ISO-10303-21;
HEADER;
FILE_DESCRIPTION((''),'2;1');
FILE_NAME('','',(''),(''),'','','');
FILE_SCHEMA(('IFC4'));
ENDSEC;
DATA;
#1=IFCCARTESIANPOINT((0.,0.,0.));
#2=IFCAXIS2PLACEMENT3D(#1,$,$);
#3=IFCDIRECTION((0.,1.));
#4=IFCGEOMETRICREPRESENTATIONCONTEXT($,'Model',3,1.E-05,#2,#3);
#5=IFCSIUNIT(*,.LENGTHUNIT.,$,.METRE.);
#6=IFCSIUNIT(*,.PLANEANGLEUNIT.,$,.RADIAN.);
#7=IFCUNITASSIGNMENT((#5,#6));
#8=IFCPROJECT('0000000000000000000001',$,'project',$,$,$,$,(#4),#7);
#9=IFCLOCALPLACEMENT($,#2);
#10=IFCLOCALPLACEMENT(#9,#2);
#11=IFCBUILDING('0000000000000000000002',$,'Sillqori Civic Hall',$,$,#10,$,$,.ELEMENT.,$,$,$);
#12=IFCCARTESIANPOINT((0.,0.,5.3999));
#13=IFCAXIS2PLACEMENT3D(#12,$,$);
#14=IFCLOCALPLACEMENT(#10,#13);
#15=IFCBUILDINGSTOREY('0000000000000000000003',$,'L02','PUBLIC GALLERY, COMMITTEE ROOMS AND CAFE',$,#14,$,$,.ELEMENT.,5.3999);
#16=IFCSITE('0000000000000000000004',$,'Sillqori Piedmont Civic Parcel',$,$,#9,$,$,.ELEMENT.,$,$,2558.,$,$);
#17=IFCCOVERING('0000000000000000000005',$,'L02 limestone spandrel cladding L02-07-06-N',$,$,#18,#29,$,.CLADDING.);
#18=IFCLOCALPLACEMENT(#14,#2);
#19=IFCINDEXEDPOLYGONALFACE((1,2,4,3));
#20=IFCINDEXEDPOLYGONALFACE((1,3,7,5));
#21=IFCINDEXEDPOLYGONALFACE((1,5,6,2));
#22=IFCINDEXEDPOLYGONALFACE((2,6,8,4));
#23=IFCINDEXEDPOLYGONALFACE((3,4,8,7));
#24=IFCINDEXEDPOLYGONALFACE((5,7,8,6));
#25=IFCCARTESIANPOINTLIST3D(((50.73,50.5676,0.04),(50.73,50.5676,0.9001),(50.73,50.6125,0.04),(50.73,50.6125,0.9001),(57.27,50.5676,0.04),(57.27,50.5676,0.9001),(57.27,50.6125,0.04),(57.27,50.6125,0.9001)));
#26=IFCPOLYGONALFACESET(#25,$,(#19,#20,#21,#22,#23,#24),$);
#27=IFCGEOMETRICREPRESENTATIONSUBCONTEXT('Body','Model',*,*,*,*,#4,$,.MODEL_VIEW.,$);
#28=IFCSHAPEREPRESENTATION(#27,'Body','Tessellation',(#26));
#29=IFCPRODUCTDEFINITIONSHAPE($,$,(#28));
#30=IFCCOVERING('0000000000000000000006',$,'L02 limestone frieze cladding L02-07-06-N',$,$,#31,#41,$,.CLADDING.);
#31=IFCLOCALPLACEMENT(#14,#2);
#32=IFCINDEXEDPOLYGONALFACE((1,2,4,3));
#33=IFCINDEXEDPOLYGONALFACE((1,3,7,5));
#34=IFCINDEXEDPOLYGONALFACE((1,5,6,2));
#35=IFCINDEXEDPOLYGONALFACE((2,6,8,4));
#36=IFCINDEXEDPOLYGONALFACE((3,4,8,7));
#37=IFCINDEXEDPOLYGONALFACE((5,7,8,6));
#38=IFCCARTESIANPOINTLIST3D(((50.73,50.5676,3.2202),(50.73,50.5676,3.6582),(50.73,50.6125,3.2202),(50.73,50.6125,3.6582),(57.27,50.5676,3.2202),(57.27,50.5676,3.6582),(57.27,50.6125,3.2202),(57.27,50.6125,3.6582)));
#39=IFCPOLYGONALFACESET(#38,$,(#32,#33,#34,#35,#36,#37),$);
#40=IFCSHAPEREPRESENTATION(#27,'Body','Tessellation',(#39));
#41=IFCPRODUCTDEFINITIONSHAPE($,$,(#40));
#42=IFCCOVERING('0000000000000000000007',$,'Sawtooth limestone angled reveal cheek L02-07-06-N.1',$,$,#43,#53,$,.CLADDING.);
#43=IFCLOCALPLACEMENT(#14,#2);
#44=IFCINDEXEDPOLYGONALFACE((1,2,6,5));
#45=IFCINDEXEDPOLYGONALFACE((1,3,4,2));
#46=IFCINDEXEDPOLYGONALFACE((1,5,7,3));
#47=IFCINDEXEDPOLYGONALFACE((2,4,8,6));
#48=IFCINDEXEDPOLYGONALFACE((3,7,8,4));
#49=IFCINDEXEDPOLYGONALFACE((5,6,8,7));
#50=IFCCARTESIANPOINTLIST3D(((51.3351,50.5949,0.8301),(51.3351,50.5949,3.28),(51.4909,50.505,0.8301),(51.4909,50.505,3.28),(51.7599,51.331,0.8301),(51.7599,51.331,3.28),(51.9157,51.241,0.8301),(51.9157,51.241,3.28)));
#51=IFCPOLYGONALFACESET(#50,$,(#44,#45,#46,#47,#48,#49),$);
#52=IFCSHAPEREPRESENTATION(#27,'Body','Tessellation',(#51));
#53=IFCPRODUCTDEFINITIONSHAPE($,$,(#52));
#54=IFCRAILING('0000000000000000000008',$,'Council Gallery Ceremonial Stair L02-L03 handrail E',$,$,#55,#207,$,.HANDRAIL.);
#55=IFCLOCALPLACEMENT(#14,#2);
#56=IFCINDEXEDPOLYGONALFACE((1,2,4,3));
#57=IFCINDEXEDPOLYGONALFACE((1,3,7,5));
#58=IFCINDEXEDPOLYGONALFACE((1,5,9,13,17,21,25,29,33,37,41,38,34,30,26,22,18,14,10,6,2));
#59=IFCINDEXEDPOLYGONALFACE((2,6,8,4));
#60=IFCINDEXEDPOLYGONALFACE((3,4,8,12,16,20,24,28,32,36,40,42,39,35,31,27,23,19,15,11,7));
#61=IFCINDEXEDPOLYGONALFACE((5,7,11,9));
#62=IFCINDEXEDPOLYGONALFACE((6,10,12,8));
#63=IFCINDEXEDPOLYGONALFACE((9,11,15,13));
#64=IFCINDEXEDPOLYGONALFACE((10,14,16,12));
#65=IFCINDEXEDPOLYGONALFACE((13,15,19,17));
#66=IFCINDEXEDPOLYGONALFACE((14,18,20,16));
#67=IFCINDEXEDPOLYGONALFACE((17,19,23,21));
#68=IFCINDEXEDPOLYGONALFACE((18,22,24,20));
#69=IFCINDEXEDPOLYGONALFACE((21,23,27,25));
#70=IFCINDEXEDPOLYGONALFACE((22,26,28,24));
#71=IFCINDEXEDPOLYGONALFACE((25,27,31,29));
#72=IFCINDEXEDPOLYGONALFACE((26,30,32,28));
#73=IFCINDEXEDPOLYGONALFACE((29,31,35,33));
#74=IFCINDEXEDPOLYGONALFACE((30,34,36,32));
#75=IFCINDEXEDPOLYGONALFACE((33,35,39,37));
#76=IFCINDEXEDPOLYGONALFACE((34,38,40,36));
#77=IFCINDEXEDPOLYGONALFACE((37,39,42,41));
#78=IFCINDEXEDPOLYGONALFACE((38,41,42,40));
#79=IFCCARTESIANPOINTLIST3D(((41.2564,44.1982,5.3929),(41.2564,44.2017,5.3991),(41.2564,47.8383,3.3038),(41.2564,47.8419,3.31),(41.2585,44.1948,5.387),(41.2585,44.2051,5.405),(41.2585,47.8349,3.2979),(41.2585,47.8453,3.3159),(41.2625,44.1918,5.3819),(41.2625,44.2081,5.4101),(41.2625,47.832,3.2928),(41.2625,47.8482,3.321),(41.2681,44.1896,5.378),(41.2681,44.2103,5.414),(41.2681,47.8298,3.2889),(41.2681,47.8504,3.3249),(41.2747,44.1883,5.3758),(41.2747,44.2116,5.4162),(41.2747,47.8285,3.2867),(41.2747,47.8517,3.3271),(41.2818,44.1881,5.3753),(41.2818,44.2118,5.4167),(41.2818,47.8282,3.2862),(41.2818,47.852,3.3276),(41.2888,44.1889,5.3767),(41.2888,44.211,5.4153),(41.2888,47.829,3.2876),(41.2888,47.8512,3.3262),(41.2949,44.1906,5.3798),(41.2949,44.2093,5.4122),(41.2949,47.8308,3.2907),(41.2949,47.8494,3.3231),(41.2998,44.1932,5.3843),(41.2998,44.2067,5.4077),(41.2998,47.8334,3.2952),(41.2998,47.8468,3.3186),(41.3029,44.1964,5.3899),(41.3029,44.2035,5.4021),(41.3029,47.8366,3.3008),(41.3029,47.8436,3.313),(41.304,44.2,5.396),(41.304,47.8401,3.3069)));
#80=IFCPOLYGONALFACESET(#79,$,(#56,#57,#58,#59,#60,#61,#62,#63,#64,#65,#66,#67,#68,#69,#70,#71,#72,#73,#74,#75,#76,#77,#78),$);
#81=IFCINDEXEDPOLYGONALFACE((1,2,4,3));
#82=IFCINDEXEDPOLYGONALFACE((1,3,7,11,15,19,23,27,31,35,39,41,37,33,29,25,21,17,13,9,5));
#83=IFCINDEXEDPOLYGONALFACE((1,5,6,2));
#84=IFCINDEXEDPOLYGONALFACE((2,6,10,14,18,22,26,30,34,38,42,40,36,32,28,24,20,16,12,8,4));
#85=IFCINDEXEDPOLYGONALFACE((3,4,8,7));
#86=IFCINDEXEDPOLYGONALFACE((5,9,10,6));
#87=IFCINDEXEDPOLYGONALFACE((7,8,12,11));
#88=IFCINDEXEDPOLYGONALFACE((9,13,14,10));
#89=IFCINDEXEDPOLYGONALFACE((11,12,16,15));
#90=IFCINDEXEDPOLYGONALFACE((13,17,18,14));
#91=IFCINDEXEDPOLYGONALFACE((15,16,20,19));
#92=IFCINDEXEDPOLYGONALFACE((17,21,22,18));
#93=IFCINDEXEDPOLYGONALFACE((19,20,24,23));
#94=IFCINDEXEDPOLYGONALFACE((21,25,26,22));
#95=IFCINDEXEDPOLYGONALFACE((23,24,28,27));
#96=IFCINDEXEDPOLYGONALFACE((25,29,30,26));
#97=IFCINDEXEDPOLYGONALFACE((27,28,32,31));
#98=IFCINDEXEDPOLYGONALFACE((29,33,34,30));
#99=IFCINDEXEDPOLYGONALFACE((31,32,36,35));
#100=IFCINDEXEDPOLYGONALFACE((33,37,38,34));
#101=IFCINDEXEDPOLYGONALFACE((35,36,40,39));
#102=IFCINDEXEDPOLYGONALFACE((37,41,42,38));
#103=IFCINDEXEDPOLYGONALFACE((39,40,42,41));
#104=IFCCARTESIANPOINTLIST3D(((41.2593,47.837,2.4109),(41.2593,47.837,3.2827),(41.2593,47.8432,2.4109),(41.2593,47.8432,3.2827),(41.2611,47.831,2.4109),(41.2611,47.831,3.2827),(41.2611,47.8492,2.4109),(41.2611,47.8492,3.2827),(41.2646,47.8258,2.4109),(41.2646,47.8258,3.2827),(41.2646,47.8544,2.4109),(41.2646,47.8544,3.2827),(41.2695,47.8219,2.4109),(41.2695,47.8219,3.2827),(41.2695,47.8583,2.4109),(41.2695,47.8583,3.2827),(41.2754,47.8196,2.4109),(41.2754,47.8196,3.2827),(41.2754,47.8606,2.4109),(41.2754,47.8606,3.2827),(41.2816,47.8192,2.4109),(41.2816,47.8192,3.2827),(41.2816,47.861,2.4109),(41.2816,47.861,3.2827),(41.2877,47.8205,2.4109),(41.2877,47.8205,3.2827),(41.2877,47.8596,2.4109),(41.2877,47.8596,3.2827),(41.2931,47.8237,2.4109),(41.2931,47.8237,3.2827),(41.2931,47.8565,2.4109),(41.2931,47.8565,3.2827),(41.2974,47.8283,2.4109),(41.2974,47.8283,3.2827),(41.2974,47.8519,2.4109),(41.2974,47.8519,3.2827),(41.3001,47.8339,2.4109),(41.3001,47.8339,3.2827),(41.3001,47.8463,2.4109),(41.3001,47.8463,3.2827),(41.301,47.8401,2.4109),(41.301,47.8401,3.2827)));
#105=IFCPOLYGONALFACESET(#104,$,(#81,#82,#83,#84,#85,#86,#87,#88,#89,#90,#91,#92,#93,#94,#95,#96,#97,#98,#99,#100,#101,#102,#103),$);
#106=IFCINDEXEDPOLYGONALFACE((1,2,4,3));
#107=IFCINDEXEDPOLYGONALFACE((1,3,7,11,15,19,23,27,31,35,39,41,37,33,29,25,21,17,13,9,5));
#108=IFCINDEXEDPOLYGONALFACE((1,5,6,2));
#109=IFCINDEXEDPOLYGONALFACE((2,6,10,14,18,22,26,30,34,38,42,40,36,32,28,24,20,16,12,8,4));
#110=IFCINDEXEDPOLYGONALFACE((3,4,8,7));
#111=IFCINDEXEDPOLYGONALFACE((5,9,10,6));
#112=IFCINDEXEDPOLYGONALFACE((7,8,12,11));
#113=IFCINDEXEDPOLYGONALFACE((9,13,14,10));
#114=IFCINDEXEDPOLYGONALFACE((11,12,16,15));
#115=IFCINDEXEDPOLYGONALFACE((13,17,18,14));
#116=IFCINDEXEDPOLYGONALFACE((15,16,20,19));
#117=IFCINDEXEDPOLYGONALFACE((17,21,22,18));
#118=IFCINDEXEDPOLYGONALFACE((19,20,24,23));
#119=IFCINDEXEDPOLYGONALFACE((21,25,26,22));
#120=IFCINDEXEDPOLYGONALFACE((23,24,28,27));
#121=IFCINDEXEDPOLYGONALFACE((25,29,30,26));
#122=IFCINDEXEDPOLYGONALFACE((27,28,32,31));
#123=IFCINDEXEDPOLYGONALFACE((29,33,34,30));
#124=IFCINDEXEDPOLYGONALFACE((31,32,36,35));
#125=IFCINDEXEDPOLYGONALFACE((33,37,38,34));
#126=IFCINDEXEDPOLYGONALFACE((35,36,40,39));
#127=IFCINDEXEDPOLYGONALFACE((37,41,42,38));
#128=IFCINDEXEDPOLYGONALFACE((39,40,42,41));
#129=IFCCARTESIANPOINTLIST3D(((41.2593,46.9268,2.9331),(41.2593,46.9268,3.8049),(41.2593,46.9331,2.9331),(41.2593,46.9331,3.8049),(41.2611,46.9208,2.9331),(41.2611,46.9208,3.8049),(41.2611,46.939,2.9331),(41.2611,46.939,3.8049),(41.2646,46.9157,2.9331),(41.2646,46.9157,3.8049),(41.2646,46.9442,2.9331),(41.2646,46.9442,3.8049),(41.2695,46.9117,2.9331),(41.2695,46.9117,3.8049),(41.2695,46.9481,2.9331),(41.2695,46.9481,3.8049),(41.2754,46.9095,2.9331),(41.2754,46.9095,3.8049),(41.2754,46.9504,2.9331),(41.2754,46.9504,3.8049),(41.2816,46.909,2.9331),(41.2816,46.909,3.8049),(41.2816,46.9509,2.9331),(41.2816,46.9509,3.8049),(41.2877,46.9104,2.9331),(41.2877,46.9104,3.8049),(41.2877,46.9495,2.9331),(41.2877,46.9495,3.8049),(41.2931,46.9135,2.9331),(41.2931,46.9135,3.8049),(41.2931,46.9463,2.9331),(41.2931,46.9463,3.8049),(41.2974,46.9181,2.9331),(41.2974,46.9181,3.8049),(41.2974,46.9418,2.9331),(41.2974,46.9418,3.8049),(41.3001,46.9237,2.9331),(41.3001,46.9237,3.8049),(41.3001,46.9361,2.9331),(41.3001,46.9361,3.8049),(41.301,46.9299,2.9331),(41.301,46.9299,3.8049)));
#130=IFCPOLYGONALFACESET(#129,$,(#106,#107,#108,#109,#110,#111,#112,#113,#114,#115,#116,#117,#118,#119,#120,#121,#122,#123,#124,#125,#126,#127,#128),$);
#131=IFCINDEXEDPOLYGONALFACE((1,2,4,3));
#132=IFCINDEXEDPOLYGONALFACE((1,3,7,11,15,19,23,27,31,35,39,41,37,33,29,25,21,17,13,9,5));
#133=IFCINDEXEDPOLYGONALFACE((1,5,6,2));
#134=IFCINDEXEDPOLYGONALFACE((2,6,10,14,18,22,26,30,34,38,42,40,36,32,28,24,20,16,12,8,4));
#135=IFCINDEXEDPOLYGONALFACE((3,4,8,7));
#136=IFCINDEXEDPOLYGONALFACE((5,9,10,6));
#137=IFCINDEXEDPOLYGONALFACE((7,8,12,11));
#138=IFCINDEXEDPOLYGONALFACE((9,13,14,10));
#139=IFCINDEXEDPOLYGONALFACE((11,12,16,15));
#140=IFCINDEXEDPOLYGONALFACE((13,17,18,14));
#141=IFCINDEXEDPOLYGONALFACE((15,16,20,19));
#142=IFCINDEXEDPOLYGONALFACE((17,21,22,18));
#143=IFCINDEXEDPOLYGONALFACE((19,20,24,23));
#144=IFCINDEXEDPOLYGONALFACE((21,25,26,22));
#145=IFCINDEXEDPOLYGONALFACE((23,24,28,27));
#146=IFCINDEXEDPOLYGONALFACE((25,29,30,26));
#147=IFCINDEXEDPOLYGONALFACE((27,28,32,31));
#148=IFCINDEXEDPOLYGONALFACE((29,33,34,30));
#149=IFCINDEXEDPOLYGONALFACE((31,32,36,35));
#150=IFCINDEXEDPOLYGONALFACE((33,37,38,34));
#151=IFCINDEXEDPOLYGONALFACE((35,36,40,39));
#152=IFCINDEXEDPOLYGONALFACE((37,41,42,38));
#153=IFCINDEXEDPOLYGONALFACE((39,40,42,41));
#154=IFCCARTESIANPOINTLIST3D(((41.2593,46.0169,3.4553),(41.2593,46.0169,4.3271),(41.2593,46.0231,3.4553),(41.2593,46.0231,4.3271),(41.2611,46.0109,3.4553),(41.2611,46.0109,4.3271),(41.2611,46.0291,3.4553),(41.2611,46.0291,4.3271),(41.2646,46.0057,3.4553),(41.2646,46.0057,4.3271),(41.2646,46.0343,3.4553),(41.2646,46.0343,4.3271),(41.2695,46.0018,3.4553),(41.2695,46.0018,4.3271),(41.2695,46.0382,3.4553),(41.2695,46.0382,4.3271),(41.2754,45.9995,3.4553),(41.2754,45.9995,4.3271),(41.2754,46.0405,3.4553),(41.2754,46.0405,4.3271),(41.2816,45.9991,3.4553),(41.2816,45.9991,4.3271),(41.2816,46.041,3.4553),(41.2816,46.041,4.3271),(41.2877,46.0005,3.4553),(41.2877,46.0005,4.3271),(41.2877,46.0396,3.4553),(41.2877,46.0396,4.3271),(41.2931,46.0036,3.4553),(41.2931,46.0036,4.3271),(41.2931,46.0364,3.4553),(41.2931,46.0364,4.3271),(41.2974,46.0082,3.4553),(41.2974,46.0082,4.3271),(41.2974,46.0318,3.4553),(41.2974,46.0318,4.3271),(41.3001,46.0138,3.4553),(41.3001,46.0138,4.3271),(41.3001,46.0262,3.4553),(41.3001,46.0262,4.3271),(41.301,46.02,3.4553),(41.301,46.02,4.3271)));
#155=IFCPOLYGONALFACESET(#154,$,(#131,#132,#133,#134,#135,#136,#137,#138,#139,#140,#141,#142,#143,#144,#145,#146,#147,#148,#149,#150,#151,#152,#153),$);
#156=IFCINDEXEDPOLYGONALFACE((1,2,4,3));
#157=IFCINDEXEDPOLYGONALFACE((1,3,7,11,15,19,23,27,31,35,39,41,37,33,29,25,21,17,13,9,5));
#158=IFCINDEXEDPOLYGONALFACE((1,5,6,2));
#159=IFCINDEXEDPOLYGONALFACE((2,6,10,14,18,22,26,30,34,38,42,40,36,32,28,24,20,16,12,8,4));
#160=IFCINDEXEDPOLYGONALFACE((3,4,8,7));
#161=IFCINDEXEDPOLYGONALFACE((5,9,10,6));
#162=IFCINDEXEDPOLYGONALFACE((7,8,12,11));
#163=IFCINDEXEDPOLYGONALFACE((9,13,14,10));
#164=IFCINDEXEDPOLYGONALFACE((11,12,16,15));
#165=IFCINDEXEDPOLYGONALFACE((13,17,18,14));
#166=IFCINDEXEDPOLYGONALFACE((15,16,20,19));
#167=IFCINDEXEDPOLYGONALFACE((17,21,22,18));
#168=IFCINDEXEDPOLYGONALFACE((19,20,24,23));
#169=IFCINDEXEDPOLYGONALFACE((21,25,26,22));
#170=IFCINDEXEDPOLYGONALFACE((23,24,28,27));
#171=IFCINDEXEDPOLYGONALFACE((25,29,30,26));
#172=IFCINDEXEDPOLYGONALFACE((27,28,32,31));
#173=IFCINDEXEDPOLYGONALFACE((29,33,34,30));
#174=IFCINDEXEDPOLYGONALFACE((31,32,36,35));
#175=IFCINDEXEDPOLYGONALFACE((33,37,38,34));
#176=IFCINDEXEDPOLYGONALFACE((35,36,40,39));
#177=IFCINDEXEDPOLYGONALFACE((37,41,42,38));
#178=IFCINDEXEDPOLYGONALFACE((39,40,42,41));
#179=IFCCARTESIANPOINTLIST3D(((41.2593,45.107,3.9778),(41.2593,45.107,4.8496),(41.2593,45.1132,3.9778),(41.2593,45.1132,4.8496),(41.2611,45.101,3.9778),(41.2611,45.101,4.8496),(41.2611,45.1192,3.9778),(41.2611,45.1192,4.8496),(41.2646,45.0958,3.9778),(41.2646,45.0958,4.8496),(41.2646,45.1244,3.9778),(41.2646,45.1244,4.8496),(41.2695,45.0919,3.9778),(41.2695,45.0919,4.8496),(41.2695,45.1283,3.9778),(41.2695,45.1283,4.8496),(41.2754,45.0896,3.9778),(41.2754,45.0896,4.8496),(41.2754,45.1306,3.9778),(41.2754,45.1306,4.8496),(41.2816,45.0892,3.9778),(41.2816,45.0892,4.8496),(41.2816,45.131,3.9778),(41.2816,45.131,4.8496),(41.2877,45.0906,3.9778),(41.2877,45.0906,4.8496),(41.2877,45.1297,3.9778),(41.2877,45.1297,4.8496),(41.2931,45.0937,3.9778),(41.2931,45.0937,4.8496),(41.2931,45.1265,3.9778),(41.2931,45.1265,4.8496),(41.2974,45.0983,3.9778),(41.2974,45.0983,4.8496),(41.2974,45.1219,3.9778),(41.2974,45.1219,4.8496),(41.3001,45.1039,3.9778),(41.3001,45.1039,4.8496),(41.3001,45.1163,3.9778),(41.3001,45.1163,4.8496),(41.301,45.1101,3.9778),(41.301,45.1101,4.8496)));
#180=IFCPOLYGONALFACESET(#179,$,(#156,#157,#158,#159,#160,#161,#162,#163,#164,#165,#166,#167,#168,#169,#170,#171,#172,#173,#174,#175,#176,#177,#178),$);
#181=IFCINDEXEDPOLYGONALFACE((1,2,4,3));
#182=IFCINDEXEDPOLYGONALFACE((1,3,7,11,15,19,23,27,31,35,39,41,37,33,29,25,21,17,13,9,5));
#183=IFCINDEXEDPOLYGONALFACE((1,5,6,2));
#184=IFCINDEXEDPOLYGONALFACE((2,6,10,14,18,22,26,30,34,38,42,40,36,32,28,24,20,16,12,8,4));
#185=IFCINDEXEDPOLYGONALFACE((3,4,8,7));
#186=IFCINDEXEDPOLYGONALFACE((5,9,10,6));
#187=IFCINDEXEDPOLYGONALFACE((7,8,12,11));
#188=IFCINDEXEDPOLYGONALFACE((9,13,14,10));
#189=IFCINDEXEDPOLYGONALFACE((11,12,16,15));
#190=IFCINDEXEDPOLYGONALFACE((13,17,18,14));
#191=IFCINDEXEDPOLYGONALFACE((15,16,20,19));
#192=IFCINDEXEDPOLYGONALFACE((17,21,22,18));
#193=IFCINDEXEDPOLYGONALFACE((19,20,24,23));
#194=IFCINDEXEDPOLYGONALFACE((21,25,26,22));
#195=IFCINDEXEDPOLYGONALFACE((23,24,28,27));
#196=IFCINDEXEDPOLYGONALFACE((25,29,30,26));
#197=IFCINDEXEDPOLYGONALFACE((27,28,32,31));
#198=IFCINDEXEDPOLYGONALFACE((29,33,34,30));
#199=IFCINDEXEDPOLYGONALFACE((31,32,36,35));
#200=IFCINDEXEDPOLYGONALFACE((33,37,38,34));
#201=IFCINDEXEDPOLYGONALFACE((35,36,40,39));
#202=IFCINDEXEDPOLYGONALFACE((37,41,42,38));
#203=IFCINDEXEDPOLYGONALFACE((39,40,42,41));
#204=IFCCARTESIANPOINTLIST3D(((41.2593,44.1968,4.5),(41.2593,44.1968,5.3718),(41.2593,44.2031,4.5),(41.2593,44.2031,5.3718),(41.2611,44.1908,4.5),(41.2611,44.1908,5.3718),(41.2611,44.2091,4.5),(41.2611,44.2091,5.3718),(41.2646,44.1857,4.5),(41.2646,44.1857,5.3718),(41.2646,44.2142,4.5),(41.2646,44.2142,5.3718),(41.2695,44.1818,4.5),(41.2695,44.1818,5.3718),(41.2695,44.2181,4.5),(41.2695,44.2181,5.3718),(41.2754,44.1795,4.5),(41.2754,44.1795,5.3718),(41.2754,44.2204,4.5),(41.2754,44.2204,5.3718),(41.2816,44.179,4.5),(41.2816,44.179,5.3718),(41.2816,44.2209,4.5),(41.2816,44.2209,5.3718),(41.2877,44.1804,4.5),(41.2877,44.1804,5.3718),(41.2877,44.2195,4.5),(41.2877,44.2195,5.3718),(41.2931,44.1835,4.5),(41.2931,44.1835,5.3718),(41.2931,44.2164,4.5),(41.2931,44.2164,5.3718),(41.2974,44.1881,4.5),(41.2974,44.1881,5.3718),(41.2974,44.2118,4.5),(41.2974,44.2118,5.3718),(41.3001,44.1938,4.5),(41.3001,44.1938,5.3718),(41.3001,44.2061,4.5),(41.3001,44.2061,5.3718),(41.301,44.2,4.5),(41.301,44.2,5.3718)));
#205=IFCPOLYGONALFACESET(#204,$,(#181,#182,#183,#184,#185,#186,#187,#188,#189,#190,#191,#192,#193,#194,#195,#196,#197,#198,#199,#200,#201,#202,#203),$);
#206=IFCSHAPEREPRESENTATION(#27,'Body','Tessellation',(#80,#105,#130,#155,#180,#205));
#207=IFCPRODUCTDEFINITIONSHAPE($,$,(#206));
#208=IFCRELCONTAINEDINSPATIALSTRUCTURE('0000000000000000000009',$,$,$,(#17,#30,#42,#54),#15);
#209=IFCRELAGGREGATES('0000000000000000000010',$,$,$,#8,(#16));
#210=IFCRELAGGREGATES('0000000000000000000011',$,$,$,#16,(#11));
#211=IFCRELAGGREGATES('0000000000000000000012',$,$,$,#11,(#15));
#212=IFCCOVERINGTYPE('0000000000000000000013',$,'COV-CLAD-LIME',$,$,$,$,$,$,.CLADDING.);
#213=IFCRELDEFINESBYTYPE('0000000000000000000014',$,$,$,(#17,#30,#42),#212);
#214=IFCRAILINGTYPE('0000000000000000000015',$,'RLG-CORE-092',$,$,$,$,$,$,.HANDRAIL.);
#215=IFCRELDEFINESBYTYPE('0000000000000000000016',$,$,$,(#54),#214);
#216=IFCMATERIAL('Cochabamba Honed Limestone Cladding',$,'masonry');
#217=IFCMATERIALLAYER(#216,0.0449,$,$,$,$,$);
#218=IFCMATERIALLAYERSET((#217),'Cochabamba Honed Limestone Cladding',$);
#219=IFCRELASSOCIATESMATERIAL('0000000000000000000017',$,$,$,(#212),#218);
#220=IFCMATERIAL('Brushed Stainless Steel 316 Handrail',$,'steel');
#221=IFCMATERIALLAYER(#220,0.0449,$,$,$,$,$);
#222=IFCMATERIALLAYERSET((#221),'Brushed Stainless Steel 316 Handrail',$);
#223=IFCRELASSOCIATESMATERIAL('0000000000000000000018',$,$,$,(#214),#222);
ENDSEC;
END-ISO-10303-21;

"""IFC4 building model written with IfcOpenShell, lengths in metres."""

from ifc_helpers import new_model, si_unit, direction, frame, frame_2d, origin, origin_2d, place, context, subcontext, project, spatial, rectangle, circle, extrude, material, layer, layer_set, type_object, element, save


model = new_model("IFC4")

# Units and contexts
model_context = context("Model", 3, precision=1e-05, world=origin(), true_north=direction((0.0, 1.0)))
body_context = subcontext(model_context, "Body", "Model", "MODEL_VIEW")
ifc_project = project(units=[si_unit("LENGTHUNIT", "METRE"), si_unit("PLANEANGLEUNIT", "RADIAN")], contexts=[model_context])

# Site, building, storey
site_placement = place(None, origin())
site = spatial("IfcSite", under=ifc_project, at=site_placement, Name="Sillqori Piedmont Civic Parcel", CompositionType="ELEMENT", RefElevation=2558.0)
building_placement = place(site_placement, origin())
building = spatial("IfcBuilding", under=site, at=building_placement, Name="Sillqori Civic Hall", CompositionType="ELEMENT")
storey_placement = place(building_placement, frame((0.0, 0.0, 5.3999)))
storey = spatial("IfcBuildingStorey", under=building, at=storey_placement, Name="L02", Description="PUBLIC GALLERY, COMMITTEE ROOMS AND CAFE", CompositionType="ELEMENT", Elevation=5.3999)

# Coverings
ifc_material_1 = material(Name="Cochabamba Honed Limestone Cladding", Category="masonry")
ifc_layer_1 = layer(ifc_material_1, 0.0449)
ifc_layer_set_1 = layer_set([ifc_layer_1], Name="Cochabamba Honed Limestone Cladding")
covering_type = type_object("IfcCoveringType", Name="COV-CLAD-LIME", PredefinedType="CLADDING", material=ifc_layer_set_1)
covering_1_placement = place(storey_placement, frame((50.73, 50.5901, 0.04), z_axis=(0.0, 0.0, 1.0), x_axis=(1.0, 0.0, 0.0)))
element("IfcCovering", 1, at=covering_1_placement, inside=storey, type_object=covering_type, Name="L02 limestone spandrel cladding L02-07-06-N", PredefinedType="CLADDING", context=body_context, shape_type="SweptSolid", body=[
    extrude(rectangle(XDim=6.54, YDim=0.0449, at=frame_2d((3.27, 0.0))), origin(), (0.0, 0.0, 1.0), 0.8601),
])
covering_2_placement = place(storey_placement, frame((50.73, 50.5901, 3.2202), z_axis=(0.0, 0.0, 1.0), x_axis=(1.0, 0.0, 0.0)))
element("IfcCovering", 2, at=covering_2_placement, inside=storey, type_object=covering_type, Name="L02 limestone frieze cladding L02-07-06-N", PredefinedType="CLADDING", context=body_context, shape_type="SweptSolid", body=[
    extrude(rectangle(XDim=6.54, YDim=0.0449, at=frame_2d((3.27, 0.0))), origin(), (0.0, 0.0, 1.0), 0.438),
])
covering_3_placement = place(storey_placement, frame((51.4131, 50.55, 0.8301), z_axis=(0.0, 0.0, 1.0), x_axis=(0.499847, 0.866114, 0.0)))
element("IfcCovering", 3, at=covering_3_placement, inside=storey, type_object=covering_type, Name="Sawtooth limestone angled reveal cheek L02-07-06-N.1", PredefinedType="CLADDING", context=body_context, shape_type="SweptSolid", body=[
    extrude(rectangle(XDim=0.8499, YDim=0.1799, at=frame_2d((0.4248, 0.0))), origin(), (0.0, 0.0, 1.0), 2.45),
])

# Railing
ifc_material_2 = material(Name="Brushed Stainless Steel 316 Handrail", Category="steel")
ifc_layer_2 = layer(ifc_material_2, 0.0449)
ifc_layer_set_2 = layer_set([ifc_layer_2], Name="Brushed Stainless Steel 316 Handrail")
railing_type_1 = type_object("IfcRailingType", Name="RLG-CORE-092", PredefinedType="HANDRAIL", material=ifc_layer_set_2)
railing_1_placement = place(storey_placement, frame((41.28, 47.8401, 2.4109)))
element("IfcRailing", 4, at=railing_1_placement, inside=storey, type_object=railing_type_1, Name="Council Gallery Ceremonial Stair L02-L03 handrail E", PredefinedType="HANDRAIL", context=body_context, shape_type="SweptSolid", body=[
    extrude(circle(Radius=0.0239, at=origin_2d()), frame((0.0, 0.0, 0.896), z_axis=(0.0, -0.867314, 0.497761), x_axis=(1.0, 0.0, 0.0)), (0.0, 0.0, 1.0), 4.197),
    extrude(circle(Radius=0.021, at=origin_2d()), origin(), (0.0, 0.0, 1.0), 0.8718),
    extrude(circle(Radius=0.021, at=origin_2d()), frame((0.0, -0.9102, 0.5222)), (0.0, 0.0, 1.0), 0.8718),
    extrude(circle(Radius=0.021, at=origin_2d()), frame((0.0, -1.8201, 1.0444)), (0.0, 0.0, 1.0), 0.8718),
    extrude(circle(Radius=0.021, at=origin_2d()), frame((0.0, -2.73, 1.5669)), (0.0, 0.0, 1.0), 0.8718),
    extrude(circle(Radius=0.021, at=origin_2d()), frame((0.0, -3.6401, 2.0891)), (0.0, 0.0, 1.0), 0.8718),
])

save(model, "model.ifc")
